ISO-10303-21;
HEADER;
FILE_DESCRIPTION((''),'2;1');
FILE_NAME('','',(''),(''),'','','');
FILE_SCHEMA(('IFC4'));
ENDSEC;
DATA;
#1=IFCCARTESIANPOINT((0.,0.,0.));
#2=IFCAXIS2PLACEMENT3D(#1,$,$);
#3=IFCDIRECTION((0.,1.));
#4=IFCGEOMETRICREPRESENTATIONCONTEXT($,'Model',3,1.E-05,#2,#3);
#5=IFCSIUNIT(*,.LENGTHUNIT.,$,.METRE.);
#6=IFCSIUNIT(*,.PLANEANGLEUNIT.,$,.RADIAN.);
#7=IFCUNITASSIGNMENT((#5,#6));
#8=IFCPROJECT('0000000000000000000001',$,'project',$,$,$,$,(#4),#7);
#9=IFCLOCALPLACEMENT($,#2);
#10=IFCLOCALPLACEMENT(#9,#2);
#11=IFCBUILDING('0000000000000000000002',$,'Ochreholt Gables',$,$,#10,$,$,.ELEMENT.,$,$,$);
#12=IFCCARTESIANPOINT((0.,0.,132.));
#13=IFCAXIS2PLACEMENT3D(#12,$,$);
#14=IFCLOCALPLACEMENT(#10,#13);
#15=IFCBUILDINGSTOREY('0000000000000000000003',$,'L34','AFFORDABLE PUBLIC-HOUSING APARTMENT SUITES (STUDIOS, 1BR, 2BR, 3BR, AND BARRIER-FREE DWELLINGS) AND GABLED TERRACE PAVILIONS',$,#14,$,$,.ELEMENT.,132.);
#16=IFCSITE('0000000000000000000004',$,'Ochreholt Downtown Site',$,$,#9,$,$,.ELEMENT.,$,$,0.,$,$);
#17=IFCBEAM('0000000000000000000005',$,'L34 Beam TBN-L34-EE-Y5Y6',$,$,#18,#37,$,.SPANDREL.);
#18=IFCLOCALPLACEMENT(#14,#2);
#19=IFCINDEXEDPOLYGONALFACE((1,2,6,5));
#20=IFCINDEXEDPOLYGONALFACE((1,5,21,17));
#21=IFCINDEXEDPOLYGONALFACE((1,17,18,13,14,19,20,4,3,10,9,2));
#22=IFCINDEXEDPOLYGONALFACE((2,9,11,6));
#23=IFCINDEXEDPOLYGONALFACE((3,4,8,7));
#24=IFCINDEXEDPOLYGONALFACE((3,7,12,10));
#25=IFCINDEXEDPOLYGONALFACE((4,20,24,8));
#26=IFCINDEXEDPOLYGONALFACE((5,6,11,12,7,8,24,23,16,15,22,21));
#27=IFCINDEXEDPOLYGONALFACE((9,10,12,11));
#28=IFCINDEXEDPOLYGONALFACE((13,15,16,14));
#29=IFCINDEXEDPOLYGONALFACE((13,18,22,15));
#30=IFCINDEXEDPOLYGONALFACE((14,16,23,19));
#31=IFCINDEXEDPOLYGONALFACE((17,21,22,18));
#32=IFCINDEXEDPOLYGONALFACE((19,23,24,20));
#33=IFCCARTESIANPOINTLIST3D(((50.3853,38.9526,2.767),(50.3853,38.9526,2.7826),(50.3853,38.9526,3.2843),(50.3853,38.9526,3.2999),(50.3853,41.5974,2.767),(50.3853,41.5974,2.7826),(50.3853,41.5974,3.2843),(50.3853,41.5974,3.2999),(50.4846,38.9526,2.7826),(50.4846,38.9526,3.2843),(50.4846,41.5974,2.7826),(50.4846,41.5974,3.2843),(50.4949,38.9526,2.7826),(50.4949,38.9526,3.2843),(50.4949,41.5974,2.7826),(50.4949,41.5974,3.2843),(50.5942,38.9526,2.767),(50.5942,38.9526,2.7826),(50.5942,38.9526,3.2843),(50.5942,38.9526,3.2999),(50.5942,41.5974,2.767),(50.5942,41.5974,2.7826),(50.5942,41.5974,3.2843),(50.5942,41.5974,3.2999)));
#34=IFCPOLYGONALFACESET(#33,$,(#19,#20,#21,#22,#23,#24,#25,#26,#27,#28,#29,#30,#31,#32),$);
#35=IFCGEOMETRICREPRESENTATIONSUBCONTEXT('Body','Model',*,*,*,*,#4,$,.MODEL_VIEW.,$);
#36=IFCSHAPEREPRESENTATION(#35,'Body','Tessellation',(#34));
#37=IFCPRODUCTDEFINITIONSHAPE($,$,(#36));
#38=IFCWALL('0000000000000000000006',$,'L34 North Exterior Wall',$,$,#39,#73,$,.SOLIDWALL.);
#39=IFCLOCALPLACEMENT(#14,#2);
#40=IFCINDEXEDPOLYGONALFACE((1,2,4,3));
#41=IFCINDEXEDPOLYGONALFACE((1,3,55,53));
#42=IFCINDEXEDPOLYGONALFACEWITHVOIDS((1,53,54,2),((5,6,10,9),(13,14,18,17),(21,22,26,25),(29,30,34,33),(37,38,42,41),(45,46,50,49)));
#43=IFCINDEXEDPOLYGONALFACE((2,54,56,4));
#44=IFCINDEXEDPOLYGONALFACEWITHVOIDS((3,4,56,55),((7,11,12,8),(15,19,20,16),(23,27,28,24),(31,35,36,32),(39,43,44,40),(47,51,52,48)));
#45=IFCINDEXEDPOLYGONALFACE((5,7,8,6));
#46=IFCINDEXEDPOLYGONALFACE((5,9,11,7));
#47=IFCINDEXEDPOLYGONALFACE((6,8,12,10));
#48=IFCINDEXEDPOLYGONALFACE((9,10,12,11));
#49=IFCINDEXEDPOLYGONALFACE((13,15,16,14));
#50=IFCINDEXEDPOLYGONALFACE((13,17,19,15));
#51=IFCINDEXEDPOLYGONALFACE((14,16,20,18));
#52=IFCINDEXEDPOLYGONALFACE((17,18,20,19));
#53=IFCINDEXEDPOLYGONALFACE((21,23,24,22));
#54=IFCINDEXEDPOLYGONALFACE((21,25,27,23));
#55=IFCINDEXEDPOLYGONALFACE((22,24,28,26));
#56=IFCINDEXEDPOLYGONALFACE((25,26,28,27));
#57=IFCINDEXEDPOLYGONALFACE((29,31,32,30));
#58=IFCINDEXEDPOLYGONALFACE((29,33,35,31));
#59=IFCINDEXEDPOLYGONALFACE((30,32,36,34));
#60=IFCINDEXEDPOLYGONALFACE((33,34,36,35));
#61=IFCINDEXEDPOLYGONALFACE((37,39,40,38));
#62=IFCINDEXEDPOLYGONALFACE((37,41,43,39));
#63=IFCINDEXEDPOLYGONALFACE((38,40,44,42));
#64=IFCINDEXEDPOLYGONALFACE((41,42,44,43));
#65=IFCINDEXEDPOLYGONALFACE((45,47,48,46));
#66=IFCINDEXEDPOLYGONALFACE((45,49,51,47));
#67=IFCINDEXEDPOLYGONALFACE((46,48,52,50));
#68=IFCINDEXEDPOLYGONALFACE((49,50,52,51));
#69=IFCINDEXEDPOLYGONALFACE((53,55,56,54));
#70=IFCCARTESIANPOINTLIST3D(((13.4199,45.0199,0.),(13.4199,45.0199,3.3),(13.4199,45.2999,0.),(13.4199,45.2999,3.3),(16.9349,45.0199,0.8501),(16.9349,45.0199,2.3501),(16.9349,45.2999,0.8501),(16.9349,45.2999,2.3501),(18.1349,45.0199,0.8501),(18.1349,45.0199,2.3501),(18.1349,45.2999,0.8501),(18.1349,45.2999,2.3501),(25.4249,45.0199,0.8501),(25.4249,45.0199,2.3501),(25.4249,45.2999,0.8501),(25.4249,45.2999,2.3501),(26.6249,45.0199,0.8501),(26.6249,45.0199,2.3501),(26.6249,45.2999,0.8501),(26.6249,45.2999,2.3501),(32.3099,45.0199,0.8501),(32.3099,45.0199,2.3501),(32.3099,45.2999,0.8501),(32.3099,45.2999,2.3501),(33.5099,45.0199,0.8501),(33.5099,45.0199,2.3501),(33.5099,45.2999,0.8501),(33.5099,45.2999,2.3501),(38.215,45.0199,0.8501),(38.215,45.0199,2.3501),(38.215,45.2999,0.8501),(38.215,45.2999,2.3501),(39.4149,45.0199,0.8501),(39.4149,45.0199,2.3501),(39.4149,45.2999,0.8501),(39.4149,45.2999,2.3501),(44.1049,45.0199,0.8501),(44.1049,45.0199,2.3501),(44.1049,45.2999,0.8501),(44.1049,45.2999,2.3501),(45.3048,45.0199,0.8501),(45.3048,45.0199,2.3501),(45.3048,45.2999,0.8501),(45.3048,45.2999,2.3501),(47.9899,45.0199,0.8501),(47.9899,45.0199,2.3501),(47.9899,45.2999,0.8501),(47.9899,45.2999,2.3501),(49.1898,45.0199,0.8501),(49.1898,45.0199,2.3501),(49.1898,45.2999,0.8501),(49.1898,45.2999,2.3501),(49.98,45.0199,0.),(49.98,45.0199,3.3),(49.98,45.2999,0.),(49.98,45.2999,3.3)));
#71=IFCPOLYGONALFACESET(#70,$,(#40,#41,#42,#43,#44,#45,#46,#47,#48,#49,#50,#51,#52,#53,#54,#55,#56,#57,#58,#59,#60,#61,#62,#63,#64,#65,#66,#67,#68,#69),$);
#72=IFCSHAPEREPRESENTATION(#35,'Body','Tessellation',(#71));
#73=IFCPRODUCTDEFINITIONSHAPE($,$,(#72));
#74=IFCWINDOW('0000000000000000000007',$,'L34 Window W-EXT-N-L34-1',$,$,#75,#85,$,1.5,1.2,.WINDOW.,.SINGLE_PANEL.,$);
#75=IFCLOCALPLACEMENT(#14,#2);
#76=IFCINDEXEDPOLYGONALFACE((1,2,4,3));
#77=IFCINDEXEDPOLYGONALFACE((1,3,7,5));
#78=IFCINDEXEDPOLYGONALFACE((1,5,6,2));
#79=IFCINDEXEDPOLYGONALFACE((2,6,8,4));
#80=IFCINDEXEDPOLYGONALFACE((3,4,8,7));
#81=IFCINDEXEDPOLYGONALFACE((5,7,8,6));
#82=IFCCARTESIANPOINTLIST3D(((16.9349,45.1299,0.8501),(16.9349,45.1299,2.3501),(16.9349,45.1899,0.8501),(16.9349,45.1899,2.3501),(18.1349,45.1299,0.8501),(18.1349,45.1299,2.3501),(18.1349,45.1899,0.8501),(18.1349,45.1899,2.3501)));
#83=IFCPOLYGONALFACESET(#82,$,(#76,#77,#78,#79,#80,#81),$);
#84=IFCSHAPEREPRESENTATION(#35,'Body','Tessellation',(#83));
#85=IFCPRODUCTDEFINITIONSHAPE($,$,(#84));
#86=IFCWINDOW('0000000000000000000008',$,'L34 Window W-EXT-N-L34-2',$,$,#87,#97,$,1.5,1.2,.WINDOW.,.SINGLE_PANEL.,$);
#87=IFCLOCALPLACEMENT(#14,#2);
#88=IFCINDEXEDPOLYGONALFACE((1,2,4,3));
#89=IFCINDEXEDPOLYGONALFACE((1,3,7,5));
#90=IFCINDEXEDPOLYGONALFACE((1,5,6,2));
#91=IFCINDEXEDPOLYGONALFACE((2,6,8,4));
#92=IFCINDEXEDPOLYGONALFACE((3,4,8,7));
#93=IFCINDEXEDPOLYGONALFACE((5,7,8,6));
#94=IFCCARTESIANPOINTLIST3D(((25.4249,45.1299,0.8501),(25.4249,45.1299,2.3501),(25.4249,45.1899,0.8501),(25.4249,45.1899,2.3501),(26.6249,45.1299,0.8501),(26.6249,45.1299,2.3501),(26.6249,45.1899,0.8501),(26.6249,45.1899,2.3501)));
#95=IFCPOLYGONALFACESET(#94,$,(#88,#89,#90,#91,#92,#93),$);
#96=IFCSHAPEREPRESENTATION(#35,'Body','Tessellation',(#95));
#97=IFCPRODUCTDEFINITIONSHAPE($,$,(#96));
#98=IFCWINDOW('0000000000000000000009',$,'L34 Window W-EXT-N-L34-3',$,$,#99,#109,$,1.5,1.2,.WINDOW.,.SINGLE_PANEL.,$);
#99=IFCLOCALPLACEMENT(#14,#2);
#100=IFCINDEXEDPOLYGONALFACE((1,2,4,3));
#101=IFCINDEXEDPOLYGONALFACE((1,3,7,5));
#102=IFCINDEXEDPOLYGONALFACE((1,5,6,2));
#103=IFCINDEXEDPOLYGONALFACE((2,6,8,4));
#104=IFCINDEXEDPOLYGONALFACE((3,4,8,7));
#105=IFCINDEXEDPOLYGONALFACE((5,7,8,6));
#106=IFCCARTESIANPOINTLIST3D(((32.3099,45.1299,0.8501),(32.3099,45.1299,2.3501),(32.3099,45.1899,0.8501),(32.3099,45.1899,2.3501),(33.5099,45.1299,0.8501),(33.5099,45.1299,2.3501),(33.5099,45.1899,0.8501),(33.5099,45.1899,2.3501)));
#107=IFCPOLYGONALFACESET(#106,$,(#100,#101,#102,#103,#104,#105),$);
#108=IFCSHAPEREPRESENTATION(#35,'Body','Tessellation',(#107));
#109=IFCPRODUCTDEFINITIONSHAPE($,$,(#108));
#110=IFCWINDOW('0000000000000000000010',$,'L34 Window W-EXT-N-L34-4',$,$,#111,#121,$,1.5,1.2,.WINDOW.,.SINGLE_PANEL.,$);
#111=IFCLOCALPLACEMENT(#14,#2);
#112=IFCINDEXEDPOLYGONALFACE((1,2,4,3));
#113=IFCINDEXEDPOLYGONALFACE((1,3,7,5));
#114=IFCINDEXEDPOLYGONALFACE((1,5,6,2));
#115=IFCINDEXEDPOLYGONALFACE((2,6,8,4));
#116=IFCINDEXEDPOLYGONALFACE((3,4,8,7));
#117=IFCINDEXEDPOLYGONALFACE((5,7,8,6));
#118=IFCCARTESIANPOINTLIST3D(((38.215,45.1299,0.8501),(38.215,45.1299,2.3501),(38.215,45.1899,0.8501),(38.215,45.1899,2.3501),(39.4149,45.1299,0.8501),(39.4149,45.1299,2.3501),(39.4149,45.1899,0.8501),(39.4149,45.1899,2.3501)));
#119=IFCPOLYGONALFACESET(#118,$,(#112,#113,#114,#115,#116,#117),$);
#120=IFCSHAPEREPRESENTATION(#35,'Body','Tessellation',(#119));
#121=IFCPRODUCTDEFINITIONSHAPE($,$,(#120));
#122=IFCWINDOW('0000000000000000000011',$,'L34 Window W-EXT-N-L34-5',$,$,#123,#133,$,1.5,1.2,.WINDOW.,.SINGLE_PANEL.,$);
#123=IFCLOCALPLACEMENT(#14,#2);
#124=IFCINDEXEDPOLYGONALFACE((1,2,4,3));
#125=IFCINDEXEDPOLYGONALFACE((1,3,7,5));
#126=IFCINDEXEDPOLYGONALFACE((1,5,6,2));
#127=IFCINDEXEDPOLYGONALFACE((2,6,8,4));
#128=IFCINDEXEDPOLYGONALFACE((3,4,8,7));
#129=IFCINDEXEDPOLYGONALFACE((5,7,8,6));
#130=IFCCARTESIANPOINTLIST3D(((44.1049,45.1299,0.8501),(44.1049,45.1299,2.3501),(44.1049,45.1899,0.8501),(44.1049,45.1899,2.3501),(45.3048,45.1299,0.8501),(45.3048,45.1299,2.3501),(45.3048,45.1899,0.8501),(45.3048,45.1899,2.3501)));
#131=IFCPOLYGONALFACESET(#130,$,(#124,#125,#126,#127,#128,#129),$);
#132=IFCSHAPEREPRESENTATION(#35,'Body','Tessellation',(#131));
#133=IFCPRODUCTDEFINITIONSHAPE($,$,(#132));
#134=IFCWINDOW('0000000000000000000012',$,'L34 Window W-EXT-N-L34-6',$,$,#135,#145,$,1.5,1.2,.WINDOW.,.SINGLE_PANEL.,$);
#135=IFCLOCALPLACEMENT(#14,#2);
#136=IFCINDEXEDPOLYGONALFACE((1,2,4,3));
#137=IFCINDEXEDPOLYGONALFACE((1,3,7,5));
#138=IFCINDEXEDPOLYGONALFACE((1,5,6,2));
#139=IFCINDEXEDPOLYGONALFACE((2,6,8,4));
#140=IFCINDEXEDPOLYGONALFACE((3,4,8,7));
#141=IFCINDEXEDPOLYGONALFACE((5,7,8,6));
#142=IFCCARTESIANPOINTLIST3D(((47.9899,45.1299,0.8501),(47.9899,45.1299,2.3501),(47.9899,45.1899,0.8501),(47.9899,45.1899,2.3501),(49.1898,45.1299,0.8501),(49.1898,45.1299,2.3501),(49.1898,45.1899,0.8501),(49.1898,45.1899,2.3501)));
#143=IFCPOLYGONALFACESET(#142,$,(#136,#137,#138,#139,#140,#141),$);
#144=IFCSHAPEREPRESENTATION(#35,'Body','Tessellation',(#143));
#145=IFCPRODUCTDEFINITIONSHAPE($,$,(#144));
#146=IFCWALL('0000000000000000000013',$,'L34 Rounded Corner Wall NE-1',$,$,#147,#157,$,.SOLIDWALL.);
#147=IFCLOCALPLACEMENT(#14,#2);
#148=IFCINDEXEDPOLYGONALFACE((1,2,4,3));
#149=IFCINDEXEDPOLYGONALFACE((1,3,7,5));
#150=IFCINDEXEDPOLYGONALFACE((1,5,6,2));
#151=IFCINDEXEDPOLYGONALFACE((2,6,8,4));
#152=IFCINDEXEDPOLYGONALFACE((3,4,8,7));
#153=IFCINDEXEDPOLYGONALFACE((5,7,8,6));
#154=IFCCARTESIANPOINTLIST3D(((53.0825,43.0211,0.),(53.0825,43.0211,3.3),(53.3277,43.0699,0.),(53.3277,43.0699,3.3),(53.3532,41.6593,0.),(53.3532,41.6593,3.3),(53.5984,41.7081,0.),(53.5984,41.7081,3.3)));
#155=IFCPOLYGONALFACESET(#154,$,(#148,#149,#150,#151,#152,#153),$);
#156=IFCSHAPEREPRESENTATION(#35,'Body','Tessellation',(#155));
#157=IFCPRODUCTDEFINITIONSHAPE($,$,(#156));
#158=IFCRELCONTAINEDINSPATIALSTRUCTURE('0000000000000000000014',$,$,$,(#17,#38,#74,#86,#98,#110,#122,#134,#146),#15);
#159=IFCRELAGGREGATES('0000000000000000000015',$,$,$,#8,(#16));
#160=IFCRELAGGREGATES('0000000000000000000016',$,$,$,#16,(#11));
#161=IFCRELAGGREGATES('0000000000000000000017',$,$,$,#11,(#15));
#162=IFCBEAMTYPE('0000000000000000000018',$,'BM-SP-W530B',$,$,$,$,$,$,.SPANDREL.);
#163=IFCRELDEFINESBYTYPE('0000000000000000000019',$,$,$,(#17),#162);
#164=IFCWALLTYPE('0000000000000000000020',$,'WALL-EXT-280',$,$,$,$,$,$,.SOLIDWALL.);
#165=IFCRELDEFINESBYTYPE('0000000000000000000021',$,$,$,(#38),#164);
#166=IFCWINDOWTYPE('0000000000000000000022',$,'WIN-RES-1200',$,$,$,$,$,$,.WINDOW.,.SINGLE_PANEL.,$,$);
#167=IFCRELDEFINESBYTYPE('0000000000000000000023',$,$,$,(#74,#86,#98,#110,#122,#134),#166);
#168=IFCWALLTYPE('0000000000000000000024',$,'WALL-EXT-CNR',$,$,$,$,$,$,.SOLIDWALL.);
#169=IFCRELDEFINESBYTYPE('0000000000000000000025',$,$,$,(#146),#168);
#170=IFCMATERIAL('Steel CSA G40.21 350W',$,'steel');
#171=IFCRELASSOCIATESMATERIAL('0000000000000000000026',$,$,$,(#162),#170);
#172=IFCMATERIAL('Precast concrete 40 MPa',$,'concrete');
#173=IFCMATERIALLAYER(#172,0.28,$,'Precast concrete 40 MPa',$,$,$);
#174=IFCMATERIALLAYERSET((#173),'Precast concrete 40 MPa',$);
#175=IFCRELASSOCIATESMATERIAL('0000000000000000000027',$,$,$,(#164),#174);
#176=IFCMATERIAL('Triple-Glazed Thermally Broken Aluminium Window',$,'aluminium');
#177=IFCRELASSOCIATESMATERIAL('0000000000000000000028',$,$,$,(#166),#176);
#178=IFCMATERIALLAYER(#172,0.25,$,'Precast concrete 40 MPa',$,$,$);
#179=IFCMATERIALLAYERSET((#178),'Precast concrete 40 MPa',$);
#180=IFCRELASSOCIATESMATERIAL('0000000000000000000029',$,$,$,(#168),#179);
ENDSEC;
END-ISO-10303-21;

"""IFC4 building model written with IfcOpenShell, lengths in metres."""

from ifc_helpers import new_model, si_unit, direction, frame, frame_2d, origin, origin_2d, place, context, subcontext, project, spatial, rectangle, i_section, extrude, material, layer, layer_set, material_profile, profile_set, type_object, element, fill, save


model = new_model("IFC4")

# Units and contexts
model_context = context("Model", 3, precision=1e-05, world=origin(), true_north=direction((0.0, 1.0)))
body_context = subcontext(model_context, "Body", "Model", "MODEL_VIEW")
ifc_project = project(units=[si_unit("LENGTHUNIT", "METRE"), si_unit("PLANEANGLEUNIT", "RADIAN")], contexts=[model_context])

# Site, building, storey
site_placement = place(None, origin())
site = spatial("IfcSite", under=ifc_project, at=site_placement, Name="Ochreholt Downtown Site", CompositionType="ELEMENT", RefElevation=0.0)
building_placement = place(site_placement, origin())
building = spatial("IfcBuilding", under=site, at=building_placement, Name="Ochreholt Gables", CompositionType="ELEMENT")
storey_placement = place(building_placement, frame((0.0, 0.0, 132.0)))
storey = spatial("IfcBuildingStorey", under=building, at=storey_placement, Name="L34", Description="AFFORDABLE PUBLIC-HOUSING APARTMENT SUITES (STUDIOS, 1BR, 2BR, 3BR, AND BARRIER-FREE DWELLINGS) AND GABLED TERRACE PAVILIONS", CompositionType="ELEMENT", Elevation=132.0)

# Shared definitions
ifc_material_1 = material(Name="Steel CSA G40.21 350W", Category="steel")

# Beam
ifc_material_profile_1 = material_profile(ifc_material_1, i_section(OverallWidth=0.209, OverallDepth=0.533, WebThickness=0.0103, FlangeThickness=0.0156, at=origin_2d()), Name="W530X92")
ifc_profile_set_1 = profile_set([ifc_material_profile_1], Name="Steel CSA G40.21 350W")
beam_type_1 = type_object("IfcBeamType", Name="BM-SP-W530B", PredefinedType="SPANDREL", material=ifc_profile_set_1)
beam_1_placement = place(storey_placement, frame((50.4897, 38.9526, 3.0334), z_axis=(0.0, 1.0, 0.0), x_axis=(-1.0, 0.0, 0.0)))
element("IfcBeam", 1, at=beam_1_placement, inside=storey, type_object=beam_type_1, Name="L34 Beam TBN-L34-EE-Y5Y6", PredefinedType="SPANDREL", context=body_context, shape_type="SweptSolid", body=[
    extrude(i_section(OverallWidth=0.209, OverallDepth=0.533, WebThickness=0.0103, FlangeThickness=0.0156, at=origin_2d()), origin(), (0.0, 0.0, 1.0), 2.6448),
])

# Wall, openings, windows
ifc_material_2 = material(Name="Precast concrete 40 MPa", Category="concrete")
ifc_layer_1 = layer(ifc_material_2, 0.28, Name="Precast concrete 40 MPa")
ifc_layer_set_1 = layer_set([ifc_layer_1], Name="Precast concrete 40 MPa")
wall_type_1 = type_object("IfcWallType", Name="WALL-EXT-280", PredefinedType="SOLIDWALL", material=ifc_layer_set_1)
wall_1_placement = place(storey_placement, frame((49.98, 45.1599, 0.0), z_axis=(0.0, 0.0, 1.0), x_axis=(-1.0, 0.0, 0.0)))
wall_1 = element("IfcWall", 2, at=wall_1_placement, inside=storey, type_object=wall_type_1, Name="L34 North Exterior Wall", PredefinedType="SOLIDWALL", context=body_context, shape_type="SweptSolid", body=[
    extrude(rectangle(XDim=36.5601, YDim=0.28, at=frame_2d((18.28, 0.0))), origin(), (0.0, 0.0, 1.0), 3.3),
])
opening_1_placement = place(wall_1_placement, frame((31.845, 0.0, 0.8501)))
opening_1 = element("IfcOpeningElement", 3, at=opening_1_placement, cuts=wall_1, PredefinedType="OPENING", context=body_context, shape_type="SweptSolid", body=[
    extrude(rectangle(XDim=1.2, YDim=1.5, at=frame_2d((0.6001, 0.75))), frame((0.0, 0.1499, 0.0), z_axis=(0.0, -1.0, 0.0), x_axis=(1.0, 0.0, 0.0)), (0.0, 0.0, 1.0), 0.3),
])
opening_2_placement = place(wall_1_placement, frame((23.355, 0.0, 0.8501)))
opening_2 = element("IfcOpeningElement", 4, at=opening_2_placement, cuts=wall_1, PredefinedType="OPENING", context=body_context, shape_type="SweptSolid", body=[
    extrude(rectangle(XDim=1.2, YDim=1.5, at=frame_2d((0.6001, 0.75))), frame((0.0, 0.1499, 0.0), z_axis=(0.0, -1.0, 0.0), x_axis=(1.0, 0.0, 0.0)), (0.0, 0.0, 1.0), 0.3),
])
opening_3_placement = place(wall_1_placement, frame((16.47, 0.0, 0.8501)))
opening_3 = element("IfcOpeningElement", 5, at=opening_3_placement, cuts=wall_1, PredefinedType="OPENING", context=body_context, shape_type="SweptSolid", body=[
    extrude(rectangle(XDim=1.2, YDim=1.5, at=frame_2d((0.6001, 0.75))), frame((0.0, 0.1499, 0.0), z_axis=(0.0, -1.0, 0.0), x_axis=(1.0, 0.0, 0.0)), (0.0, 0.0, 1.0), 0.3),
])
opening_4_placement = place(wall_1_placement, frame((10.5649, 0.0, 0.8501)))
opening_4 = element("IfcOpeningElement", 6, at=opening_4_placement, cuts=wall_1, PredefinedType="OPENING", context=body_context, shape_type="SweptSolid", body=[
    extrude(rectangle(XDim=1.2, YDim=1.5, at=frame_2d((0.6001, 0.75))), frame((0.0, 0.1499, 0.0), z_axis=(0.0, -1.0, 0.0), x_axis=(1.0, 0.0, 0.0)), (0.0, 0.0, 1.0), 0.3),
])
opening_5_placement = place(wall_1_placement, frame((4.675, 0.0, 0.8501)))
opening_5 = element("IfcOpeningElement", 7, at=opening_5_placement, cuts=wall_1, PredefinedType="OPENING", context=body_context, shape_type="SweptSolid", body=[
    extrude(rectangle(XDim=1.2, YDim=1.5, at=frame_2d((0.6001, 0.75))), frame((0.0, 0.1499, 0.0), z_axis=(0.0, -1.0, 0.0), x_axis=(1.0, 0.0, 0.0)), (0.0, 0.0, 1.0), 0.3),
])
opening_6_placement = place(wall_1_placement, frame((0.79, 0.0, 0.8501)))
opening_6 = element("IfcOpeningElement", 8, at=opening_6_placement, cuts=wall_1, PredefinedType="OPENING", context=body_context, shape_type="SweptSolid", body=[
    extrude(rectangle(XDim=1.2, YDim=1.5, at=frame_2d((0.6001, 0.75))), frame((0.0, 0.1499, 0.0), z_axis=(0.0, -1.0, 0.0), x_axis=(1.0, 0.0, 0.0)), (0.0, 0.0, 1.0), 0.3),
])
ifc_material_3 = material(Name="Triple-Glazed Thermally Broken Aluminium Window", Category="aluminium")
window_type = type_object("IfcWindowType", Name="WIN-RES-1200", PartitioningType="SINGLE_PANEL", PredefinedType="WINDOW", material=ifc_material_3)
window_1_placement = place(opening_1_placement, origin())
window_1 = element("IfcWindow", 9, at=window_1_placement, inside=storey, type_object=window_type, Name="L34 Window W-EXT-N-L34-1", OverallHeight=1.5, OverallWidth=1.2, PartitioningType="SINGLE_PANEL", PredefinedType="WINDOW", context=body_context, shape_type="SweptSolid", body=[
    extrude(rectangle(XDim=1.2, YDim=1.5, at=frame_2d((0.6001, 0.75))), frame((0.0, 0.03, 0.0), z_axis=(0.0, -1.0, 0.0), x_axis=(1.0, 0.0, 0.0)), (0.0, 0.0, 1.0), 0.0601),
])
fill(opening_1, window_1)
window_2_placement = place(opening_2_placement, origin())
window_2 = element("IfcWindow", 10, at=window_2_placement, inside=storey, type_object=window_type, Name="L34 Window W-EXT-N-L34-2", OverallHeight=1.5, OverallWidth=1.2, PartitioningType="SINGLE_PANEL", PredefinedType="WINDOW", context=body_context, shape_type="SweptSolid", body=[
    extrude(rectangle(XDim=1.2, YDim=1.5, at=frame_2d((0.6001, 0.75))), frame((0.0, 0.03, 0.0), z_axis=(0.0, -1.0, 0.0), x_axis=(1.0, 0.0, 0.0)), (0.0, 0.0, 1.0), 0.0601),
])
fill(opening_2, window_2)
window_3_placement = place(opening_3_placement, origin())
window_3 = element("IfcWindow", 11, at=window_3_placement, inside=storey, type_object=window_type, Name="L34 Window W-EXT-N-L34-3", OverallHeight=1.5, OverallWidth=1.2, PartitioningType="SINGLE_PANEL", PredefinedType="WINDOW", context=body_context, shape_type="SweptSolid", body=[
    extrude(rectangle(XDim=1.2, YDim=1.5, at=frame_2d((0.6001, 0.75))), frame((0.0, 0.03, 0.0), z_axis=(0.0, -1.0, 0.0), x_axis=(1.0, 0.0, 0.0)), (0.0, 0.0, 1.0), 0.0601),
])
fill(opening_3, window_3)
window_4_placement = place(opening_4_placement, origin())
window_4 = element("IfcWindow", 12, at=window_4_placement, inside=storey, type_object=window_type, Name="L34 Window W-EXT-N-L34-4", OverallHeight=1.5, OverallWidth=1.2, PartitioningType="SINGLE_PANEL", PredefinedType="WINDOW", context=body_context, shape_type="SweptSolid", body=[
    extrude(rectangle(XDim=1.2, YDim=1.5, at=frame_2d((0.6001, 0.75))), frame((0.0, 0.03, 0.0), z_axis=(0.0, -1.0, 0.0), x_axis=(1.0, 0.0, 0.0)), (0.0, 0.0, 1.0), 0.0601),
])
fill(opening_4, window_4)
window_5_placement = place(opening_5_placement, origin())
window_5 = element("IfcWindow", 13, at=window_5_placement, inside=storey, type_object=window_type, Name="L34 Window W-EXT-N-L34-5", OverallHeight=1.5, OverallWidth=1.2, PartitioningType="SINGLE_PANEL", PredefinedType="WINDOW", context=body_context, shape_type="SweptSolid", body=[
    extrude(rectangle(XDim=1.2, YDim=1.5, at=frame_2d((0.6001, 0.75))), frame((0.0, 0.03, 0.0), z_axis=(0.0, -1.0, 0.0), x_axis=(1.0, 0.0, 0.0)), (0.0, 0.0, 1.0), 0.0601),
])
fill(opening_5, window_5)
window_6_placement = place(opening_6_placement, origin())
window_6 = element("IfcWindow", 14, at=window_6_placement, inside=storey, type_object=window_type, Name="L34 Window W-EXT-N-L34-6", OverallHeight=1.5, OverallWidth=1.2, PartitioningType="SINGLE_PANEL", PredefinedType="WINDOW", context=body_context, shape_type="SweptSolid", body=[
    extrude(rectangle(XDim=1.2, YDim=1.5, at=frame_2d((0.6001, 0.75))), frame((0.0, 0.03, 0.0), z_axis=(0.0, -1.0, 0.0), x_axis=(1.0, 0.0, 0.0)), (0.0, 0.0, 1.0), 0.0601),
])
fill(opening_6, window_6)

# Wall
ifc_layer_2 = layer(ifc_material_2, 0.25, Name="Precast concrete 40 MPa")
ifc_layer_set_2 = layer_set([ifc_layer_2], Name="Precast concrete 40 MPa")
wall_type_2 = type_object("IfcWallType", Name="WALL-EXT-CNR", PredefinedType="SOLIDWALL", material=ifc_layer_set_2)
wall_2_placement = place(storey_placement, frame((53.4758, 41.6836, 0.0), z_axis=(0.0, 0.0, 1.0), x_axis=(-0.195, 0.980803, 0.0)))
element("IfcWall", 15, at=wall_2_placement, inside=storey, type_object=wall_type_2, Name="L34 Rounded Corner Wall NE-1", PredefinedType="SOLIDWALL", context=body_context, shape_type="SweptSolid", body=[
    extrude(rectangle(XDim=1.3884, YDim=0.25, at=frame_2d((0.6943, 0.0))), origin(), (0.0, 0.0, 1.0), 3.3),
])

save(model, "model.ifc")
